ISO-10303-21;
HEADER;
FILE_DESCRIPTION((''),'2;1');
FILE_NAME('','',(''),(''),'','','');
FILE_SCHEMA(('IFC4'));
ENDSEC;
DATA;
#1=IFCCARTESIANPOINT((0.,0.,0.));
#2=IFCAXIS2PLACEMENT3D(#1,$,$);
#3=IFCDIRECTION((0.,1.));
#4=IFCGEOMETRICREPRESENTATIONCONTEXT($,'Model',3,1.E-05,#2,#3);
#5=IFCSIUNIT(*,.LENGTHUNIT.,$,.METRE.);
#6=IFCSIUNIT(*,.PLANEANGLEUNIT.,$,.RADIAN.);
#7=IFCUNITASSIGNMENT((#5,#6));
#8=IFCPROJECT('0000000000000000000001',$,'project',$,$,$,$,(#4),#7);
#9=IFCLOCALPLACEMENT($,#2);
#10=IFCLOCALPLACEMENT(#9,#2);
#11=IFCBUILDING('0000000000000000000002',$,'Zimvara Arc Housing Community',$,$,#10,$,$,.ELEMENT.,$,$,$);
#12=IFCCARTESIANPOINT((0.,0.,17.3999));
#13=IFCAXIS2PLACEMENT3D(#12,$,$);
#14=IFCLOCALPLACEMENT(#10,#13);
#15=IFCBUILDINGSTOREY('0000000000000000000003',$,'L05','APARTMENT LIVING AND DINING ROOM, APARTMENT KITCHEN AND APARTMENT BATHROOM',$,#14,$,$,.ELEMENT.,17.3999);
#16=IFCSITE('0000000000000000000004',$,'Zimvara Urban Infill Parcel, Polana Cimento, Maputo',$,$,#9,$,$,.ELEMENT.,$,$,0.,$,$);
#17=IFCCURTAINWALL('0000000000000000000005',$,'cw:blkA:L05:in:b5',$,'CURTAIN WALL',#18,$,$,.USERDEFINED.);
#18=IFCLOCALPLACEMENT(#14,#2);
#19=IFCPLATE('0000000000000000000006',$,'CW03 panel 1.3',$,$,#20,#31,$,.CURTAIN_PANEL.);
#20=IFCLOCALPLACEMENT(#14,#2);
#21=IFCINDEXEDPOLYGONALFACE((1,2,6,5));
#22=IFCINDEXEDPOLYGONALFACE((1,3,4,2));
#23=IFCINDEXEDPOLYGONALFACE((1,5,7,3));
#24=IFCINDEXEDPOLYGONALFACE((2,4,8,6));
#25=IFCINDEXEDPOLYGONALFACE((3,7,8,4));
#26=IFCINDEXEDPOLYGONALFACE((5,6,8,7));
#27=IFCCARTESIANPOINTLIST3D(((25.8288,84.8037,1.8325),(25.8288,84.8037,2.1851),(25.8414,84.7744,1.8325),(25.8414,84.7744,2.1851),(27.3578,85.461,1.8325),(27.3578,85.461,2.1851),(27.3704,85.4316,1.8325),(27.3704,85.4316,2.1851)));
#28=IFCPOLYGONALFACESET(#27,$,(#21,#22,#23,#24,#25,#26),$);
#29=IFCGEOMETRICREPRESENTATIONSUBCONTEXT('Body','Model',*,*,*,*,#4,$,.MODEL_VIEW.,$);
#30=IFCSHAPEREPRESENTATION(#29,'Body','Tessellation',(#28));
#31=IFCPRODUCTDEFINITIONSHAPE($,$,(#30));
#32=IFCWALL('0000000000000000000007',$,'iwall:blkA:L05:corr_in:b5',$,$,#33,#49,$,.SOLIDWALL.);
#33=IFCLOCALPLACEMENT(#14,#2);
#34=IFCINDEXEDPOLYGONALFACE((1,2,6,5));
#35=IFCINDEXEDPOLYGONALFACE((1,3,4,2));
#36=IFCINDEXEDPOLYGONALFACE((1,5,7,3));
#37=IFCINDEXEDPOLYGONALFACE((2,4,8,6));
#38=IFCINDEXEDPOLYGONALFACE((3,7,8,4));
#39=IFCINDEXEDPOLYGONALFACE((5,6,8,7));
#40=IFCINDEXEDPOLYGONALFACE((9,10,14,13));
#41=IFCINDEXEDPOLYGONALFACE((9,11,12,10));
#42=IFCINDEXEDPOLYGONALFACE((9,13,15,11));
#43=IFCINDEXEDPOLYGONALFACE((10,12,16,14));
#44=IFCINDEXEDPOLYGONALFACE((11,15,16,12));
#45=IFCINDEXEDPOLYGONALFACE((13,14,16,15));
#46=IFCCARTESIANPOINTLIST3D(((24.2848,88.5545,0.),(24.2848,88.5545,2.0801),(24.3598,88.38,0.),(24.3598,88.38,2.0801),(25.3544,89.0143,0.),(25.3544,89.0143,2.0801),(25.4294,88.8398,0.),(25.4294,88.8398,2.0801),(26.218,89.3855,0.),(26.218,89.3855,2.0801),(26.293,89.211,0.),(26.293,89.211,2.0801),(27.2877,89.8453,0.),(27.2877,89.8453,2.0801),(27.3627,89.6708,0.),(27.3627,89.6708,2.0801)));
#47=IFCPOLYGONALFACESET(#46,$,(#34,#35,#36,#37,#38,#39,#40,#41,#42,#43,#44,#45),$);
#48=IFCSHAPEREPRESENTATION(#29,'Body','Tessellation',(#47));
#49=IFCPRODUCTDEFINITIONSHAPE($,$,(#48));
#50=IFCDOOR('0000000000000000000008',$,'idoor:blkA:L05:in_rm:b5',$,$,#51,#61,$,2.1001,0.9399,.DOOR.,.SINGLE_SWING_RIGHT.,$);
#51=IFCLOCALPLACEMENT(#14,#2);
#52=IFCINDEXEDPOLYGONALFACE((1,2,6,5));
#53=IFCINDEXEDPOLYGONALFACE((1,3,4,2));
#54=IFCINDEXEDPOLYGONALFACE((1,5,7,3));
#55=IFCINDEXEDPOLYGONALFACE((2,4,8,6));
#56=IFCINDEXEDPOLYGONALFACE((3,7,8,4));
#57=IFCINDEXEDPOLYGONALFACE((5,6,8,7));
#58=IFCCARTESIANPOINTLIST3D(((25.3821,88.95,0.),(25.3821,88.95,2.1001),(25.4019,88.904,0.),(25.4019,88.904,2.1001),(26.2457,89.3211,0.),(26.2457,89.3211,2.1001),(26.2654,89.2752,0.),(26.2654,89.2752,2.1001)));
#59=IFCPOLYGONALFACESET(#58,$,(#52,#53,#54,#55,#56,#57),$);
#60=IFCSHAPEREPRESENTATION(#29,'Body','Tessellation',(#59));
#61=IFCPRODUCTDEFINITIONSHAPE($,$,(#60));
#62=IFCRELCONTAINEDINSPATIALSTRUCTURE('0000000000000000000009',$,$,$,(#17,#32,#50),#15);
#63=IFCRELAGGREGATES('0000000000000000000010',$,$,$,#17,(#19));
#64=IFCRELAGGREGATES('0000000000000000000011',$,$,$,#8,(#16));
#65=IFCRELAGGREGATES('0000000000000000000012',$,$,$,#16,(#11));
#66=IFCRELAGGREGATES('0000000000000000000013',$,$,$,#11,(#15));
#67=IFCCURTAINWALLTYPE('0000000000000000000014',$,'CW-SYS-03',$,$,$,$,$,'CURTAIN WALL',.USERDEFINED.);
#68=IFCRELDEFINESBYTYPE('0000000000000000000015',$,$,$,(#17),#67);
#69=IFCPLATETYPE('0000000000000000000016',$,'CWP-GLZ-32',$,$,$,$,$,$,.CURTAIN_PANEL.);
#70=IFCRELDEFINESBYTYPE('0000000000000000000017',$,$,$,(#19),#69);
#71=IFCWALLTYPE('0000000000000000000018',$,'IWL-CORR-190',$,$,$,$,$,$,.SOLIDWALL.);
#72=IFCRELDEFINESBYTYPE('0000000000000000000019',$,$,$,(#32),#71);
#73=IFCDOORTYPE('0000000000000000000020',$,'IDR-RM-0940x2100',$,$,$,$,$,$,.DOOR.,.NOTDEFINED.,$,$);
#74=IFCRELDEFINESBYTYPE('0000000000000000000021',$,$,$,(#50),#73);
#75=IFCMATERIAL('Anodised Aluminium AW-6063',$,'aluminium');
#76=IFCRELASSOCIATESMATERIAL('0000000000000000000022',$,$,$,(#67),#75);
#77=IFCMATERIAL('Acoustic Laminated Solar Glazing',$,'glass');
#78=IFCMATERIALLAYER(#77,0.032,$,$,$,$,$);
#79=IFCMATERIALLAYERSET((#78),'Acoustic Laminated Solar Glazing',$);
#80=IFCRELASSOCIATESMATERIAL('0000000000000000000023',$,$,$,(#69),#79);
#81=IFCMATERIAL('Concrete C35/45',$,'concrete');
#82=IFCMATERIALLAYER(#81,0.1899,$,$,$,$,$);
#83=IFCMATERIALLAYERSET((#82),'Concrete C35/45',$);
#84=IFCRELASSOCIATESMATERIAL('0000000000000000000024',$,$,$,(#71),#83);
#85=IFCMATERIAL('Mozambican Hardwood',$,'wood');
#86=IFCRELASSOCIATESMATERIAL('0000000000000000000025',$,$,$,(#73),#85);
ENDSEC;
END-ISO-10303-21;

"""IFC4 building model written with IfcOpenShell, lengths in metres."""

from ifc_helpers import new_model, si_unit, direction, frame, frame_2d, origin, origin_2d, place, context, subcontext, project, spatial, rectangle, extrude, material, layer, layer_set, type_object, element, fill, aggregate, save


model = new_model("IFC4")

# Units and contexts
model_context = context("Model", 3, precision=1e-05, world=origin(), true_north=direction((0.0, 1.0)))
body_context = subcontext(model_context, "Body", "Model", "MODEL_VIEW")
ifc_project = project(units=[si_unit("LENGTHUNIT", "METRE"), si_unit("PLANEANGLEUNIT", "RADIAN")], contexts=[model_context])

# Site, building, storey
site_placement = place(None, origin())
site = spatial("IfcSite", under=ifc_project, at=site_placement, Name="Zimvara Urban Infill Parcel, Polana Cimento, Maputo", CompositionType="ELEMENT", RefElevation=0.0)
building_placement = place(site_placement, origin())
building = spatial("IfcBuilding", under=site, at=building_placement, Name="Zimvara Arc Housing Community", CompositionType="ELEMENT")
storey_placement = place(building_placement, frame((0.0, 0.0, 17.3999)))
storey = spatial("IfcBuildingStorey", under=building, at=storey_placement, Name="L05", Description="APARTMENT LIVING AND DINING ROOM, APARTMENT KITCHEN AND APARTMENT BATHROOM", CompositionType="ELEMENT", Elevation=17.3999)

# Curtain wall, plate
ifc_material_1 = material(Name="Anodised Aluminium AW-6063", Category="aluminium")
curtain_wall_type = type_object("IfcCurtainWallType", Name="CW-SYS-03", ElementType="CURTAIN WALL", PredefinedType="USERDEFINED", material=ifc_material_1)
curtain_wall_placement = place(storey_placement, origin())
curtain_wall = element("IfcCurtainWall", 1, at=curtain_wall_placement, inside=storey, type_object=curtain_wall_type, Name="cw:blkA:L05:in:b5", ObjectType="CURTAIN WALL", PredefinedType="USERDEFINED")
ifc_material_2 = material(Name="Acoustic Laminated Solar Glazing", Category="glass")
ifc_layer_1 = layer(ifc_material_2, 0.032)
ifc_layer_set_1 = layer_set([ifc_layer_1], Name="Acoustic Laminated Solar Glazing")
plate_type = type_object("IfcPlateType", Name="CWP-GLZ-32", PredefinedType="CURTAIN_PANEL", material=ifc_layer_set_1)
plate_1_placement = place(storey_placement, frame((26.5996, 85.1177, 1.8325), z_axis=(0.0, 0.0, 1.0), x_axis=(0.918722, 0.394904, 0.0)))
plate_1 = element("IfcPlate", 2, at=plate_1_placement, type_object=plate_type, Name="CW03 panel 1.3", PredefinedType="CURTAIN_PANEL", context=body_context, shape_type="SweptSolid", body=[
    extrude(rectangle(XDim=1.6643, YDim=0.032, at=origin_2d()), origin(), (0.0, 0.0, 1.0), 0.3525),
])
aggregate(curtain_wall, [plate_1])

# Wall, opening, door
ifc_material_3 = material(Name="Concrete C35/45", Category="concrete")
ifc_layer_2 = layer(ifc_material_3, 0.1899)
ifc_layer_set_2 = layer_set([ifc_layer_2], Name="Concrete C35/45")
wall_type = type_object("IfcWallType", Name="IWL-CORR-190", PredefinedType="SOLIDWALL", material=ifc_layer_set_2)
wall_placement = place(storey_placement, frame((24.3223, 88.4673, 0.0), z_axis=(0.0, 0.0, 1.0), x_axis=(0.918723, 0.394902, 0.0)))
wall = element("IfcWall", 3, at=wall_placement, inside=storey, type_object=wall_type, Name="iwall:blkA:L05:corr_in:b5", PredefinedType="SOLIDWALL", context=body_context, shape_type="SweptSolid", body=[
    extrude(rectangle(XDim=3.2686, YDim=0.1899, at=frame_2d((1.6343, 0.0))), origin(), (0.0, 0.0, 1.0), 2.0801),
])
opening_placement = place(wall_placement, frame((1.1643, 0.0, 0.0)))
opening = element("IfcOpeningElement", 4, at=opening_placement, cuts=wall, PredefinedType="OPENING", context=body_context, shape_type="SweptSolid", body=[
    extrude(rectangle(XDim=0.9399, YDim=2.1001, at=frame_2d((0.47, 1.05))), frame((0.0, 0.105, 0.0), z_axis=(0.0, -1.0, 0.0), x_axis=(1.0, 0.0, 0.0)), (0.0, 0.0, 1.0), 0.21),
])
ifc_material_4 = material(Name="Mozambican Hardwood", Category="wood")
door_type = type_object("IfcDoorType", Name="IDR-RM-0940x2100", OperationType="NOTDEFINED", PredefinedType="DOOR", material=ifc_material_4)
door_placement = place(opening_placement, origin())
door = element("IfcDoor", 5, at=door_placement, inside=storey, type_object=door_type, Name="idoor:blkA:L05:in_rm:b5", OperationType="SINGLE_SWING_RIGHT", OverallHeight=2.1001, OverallWidth=0.9399, PredefinedType="DOOR", context=body_context, shape_type="SweptSolid", body=[
    extrude(rectangle(XDim=0.9399, YDim=2.1001, at=frame_2d((0.47, 1.05))), frame((0.0, 0.0249, 0.0), z_axis=(0.0, -1.0, 0.0), x_axis=(1.0, 0.0, 0.0)), (0.0, 0.0, 1.0), 0.05),
])
fill(opening, door)

save(model, "model.ifc")
